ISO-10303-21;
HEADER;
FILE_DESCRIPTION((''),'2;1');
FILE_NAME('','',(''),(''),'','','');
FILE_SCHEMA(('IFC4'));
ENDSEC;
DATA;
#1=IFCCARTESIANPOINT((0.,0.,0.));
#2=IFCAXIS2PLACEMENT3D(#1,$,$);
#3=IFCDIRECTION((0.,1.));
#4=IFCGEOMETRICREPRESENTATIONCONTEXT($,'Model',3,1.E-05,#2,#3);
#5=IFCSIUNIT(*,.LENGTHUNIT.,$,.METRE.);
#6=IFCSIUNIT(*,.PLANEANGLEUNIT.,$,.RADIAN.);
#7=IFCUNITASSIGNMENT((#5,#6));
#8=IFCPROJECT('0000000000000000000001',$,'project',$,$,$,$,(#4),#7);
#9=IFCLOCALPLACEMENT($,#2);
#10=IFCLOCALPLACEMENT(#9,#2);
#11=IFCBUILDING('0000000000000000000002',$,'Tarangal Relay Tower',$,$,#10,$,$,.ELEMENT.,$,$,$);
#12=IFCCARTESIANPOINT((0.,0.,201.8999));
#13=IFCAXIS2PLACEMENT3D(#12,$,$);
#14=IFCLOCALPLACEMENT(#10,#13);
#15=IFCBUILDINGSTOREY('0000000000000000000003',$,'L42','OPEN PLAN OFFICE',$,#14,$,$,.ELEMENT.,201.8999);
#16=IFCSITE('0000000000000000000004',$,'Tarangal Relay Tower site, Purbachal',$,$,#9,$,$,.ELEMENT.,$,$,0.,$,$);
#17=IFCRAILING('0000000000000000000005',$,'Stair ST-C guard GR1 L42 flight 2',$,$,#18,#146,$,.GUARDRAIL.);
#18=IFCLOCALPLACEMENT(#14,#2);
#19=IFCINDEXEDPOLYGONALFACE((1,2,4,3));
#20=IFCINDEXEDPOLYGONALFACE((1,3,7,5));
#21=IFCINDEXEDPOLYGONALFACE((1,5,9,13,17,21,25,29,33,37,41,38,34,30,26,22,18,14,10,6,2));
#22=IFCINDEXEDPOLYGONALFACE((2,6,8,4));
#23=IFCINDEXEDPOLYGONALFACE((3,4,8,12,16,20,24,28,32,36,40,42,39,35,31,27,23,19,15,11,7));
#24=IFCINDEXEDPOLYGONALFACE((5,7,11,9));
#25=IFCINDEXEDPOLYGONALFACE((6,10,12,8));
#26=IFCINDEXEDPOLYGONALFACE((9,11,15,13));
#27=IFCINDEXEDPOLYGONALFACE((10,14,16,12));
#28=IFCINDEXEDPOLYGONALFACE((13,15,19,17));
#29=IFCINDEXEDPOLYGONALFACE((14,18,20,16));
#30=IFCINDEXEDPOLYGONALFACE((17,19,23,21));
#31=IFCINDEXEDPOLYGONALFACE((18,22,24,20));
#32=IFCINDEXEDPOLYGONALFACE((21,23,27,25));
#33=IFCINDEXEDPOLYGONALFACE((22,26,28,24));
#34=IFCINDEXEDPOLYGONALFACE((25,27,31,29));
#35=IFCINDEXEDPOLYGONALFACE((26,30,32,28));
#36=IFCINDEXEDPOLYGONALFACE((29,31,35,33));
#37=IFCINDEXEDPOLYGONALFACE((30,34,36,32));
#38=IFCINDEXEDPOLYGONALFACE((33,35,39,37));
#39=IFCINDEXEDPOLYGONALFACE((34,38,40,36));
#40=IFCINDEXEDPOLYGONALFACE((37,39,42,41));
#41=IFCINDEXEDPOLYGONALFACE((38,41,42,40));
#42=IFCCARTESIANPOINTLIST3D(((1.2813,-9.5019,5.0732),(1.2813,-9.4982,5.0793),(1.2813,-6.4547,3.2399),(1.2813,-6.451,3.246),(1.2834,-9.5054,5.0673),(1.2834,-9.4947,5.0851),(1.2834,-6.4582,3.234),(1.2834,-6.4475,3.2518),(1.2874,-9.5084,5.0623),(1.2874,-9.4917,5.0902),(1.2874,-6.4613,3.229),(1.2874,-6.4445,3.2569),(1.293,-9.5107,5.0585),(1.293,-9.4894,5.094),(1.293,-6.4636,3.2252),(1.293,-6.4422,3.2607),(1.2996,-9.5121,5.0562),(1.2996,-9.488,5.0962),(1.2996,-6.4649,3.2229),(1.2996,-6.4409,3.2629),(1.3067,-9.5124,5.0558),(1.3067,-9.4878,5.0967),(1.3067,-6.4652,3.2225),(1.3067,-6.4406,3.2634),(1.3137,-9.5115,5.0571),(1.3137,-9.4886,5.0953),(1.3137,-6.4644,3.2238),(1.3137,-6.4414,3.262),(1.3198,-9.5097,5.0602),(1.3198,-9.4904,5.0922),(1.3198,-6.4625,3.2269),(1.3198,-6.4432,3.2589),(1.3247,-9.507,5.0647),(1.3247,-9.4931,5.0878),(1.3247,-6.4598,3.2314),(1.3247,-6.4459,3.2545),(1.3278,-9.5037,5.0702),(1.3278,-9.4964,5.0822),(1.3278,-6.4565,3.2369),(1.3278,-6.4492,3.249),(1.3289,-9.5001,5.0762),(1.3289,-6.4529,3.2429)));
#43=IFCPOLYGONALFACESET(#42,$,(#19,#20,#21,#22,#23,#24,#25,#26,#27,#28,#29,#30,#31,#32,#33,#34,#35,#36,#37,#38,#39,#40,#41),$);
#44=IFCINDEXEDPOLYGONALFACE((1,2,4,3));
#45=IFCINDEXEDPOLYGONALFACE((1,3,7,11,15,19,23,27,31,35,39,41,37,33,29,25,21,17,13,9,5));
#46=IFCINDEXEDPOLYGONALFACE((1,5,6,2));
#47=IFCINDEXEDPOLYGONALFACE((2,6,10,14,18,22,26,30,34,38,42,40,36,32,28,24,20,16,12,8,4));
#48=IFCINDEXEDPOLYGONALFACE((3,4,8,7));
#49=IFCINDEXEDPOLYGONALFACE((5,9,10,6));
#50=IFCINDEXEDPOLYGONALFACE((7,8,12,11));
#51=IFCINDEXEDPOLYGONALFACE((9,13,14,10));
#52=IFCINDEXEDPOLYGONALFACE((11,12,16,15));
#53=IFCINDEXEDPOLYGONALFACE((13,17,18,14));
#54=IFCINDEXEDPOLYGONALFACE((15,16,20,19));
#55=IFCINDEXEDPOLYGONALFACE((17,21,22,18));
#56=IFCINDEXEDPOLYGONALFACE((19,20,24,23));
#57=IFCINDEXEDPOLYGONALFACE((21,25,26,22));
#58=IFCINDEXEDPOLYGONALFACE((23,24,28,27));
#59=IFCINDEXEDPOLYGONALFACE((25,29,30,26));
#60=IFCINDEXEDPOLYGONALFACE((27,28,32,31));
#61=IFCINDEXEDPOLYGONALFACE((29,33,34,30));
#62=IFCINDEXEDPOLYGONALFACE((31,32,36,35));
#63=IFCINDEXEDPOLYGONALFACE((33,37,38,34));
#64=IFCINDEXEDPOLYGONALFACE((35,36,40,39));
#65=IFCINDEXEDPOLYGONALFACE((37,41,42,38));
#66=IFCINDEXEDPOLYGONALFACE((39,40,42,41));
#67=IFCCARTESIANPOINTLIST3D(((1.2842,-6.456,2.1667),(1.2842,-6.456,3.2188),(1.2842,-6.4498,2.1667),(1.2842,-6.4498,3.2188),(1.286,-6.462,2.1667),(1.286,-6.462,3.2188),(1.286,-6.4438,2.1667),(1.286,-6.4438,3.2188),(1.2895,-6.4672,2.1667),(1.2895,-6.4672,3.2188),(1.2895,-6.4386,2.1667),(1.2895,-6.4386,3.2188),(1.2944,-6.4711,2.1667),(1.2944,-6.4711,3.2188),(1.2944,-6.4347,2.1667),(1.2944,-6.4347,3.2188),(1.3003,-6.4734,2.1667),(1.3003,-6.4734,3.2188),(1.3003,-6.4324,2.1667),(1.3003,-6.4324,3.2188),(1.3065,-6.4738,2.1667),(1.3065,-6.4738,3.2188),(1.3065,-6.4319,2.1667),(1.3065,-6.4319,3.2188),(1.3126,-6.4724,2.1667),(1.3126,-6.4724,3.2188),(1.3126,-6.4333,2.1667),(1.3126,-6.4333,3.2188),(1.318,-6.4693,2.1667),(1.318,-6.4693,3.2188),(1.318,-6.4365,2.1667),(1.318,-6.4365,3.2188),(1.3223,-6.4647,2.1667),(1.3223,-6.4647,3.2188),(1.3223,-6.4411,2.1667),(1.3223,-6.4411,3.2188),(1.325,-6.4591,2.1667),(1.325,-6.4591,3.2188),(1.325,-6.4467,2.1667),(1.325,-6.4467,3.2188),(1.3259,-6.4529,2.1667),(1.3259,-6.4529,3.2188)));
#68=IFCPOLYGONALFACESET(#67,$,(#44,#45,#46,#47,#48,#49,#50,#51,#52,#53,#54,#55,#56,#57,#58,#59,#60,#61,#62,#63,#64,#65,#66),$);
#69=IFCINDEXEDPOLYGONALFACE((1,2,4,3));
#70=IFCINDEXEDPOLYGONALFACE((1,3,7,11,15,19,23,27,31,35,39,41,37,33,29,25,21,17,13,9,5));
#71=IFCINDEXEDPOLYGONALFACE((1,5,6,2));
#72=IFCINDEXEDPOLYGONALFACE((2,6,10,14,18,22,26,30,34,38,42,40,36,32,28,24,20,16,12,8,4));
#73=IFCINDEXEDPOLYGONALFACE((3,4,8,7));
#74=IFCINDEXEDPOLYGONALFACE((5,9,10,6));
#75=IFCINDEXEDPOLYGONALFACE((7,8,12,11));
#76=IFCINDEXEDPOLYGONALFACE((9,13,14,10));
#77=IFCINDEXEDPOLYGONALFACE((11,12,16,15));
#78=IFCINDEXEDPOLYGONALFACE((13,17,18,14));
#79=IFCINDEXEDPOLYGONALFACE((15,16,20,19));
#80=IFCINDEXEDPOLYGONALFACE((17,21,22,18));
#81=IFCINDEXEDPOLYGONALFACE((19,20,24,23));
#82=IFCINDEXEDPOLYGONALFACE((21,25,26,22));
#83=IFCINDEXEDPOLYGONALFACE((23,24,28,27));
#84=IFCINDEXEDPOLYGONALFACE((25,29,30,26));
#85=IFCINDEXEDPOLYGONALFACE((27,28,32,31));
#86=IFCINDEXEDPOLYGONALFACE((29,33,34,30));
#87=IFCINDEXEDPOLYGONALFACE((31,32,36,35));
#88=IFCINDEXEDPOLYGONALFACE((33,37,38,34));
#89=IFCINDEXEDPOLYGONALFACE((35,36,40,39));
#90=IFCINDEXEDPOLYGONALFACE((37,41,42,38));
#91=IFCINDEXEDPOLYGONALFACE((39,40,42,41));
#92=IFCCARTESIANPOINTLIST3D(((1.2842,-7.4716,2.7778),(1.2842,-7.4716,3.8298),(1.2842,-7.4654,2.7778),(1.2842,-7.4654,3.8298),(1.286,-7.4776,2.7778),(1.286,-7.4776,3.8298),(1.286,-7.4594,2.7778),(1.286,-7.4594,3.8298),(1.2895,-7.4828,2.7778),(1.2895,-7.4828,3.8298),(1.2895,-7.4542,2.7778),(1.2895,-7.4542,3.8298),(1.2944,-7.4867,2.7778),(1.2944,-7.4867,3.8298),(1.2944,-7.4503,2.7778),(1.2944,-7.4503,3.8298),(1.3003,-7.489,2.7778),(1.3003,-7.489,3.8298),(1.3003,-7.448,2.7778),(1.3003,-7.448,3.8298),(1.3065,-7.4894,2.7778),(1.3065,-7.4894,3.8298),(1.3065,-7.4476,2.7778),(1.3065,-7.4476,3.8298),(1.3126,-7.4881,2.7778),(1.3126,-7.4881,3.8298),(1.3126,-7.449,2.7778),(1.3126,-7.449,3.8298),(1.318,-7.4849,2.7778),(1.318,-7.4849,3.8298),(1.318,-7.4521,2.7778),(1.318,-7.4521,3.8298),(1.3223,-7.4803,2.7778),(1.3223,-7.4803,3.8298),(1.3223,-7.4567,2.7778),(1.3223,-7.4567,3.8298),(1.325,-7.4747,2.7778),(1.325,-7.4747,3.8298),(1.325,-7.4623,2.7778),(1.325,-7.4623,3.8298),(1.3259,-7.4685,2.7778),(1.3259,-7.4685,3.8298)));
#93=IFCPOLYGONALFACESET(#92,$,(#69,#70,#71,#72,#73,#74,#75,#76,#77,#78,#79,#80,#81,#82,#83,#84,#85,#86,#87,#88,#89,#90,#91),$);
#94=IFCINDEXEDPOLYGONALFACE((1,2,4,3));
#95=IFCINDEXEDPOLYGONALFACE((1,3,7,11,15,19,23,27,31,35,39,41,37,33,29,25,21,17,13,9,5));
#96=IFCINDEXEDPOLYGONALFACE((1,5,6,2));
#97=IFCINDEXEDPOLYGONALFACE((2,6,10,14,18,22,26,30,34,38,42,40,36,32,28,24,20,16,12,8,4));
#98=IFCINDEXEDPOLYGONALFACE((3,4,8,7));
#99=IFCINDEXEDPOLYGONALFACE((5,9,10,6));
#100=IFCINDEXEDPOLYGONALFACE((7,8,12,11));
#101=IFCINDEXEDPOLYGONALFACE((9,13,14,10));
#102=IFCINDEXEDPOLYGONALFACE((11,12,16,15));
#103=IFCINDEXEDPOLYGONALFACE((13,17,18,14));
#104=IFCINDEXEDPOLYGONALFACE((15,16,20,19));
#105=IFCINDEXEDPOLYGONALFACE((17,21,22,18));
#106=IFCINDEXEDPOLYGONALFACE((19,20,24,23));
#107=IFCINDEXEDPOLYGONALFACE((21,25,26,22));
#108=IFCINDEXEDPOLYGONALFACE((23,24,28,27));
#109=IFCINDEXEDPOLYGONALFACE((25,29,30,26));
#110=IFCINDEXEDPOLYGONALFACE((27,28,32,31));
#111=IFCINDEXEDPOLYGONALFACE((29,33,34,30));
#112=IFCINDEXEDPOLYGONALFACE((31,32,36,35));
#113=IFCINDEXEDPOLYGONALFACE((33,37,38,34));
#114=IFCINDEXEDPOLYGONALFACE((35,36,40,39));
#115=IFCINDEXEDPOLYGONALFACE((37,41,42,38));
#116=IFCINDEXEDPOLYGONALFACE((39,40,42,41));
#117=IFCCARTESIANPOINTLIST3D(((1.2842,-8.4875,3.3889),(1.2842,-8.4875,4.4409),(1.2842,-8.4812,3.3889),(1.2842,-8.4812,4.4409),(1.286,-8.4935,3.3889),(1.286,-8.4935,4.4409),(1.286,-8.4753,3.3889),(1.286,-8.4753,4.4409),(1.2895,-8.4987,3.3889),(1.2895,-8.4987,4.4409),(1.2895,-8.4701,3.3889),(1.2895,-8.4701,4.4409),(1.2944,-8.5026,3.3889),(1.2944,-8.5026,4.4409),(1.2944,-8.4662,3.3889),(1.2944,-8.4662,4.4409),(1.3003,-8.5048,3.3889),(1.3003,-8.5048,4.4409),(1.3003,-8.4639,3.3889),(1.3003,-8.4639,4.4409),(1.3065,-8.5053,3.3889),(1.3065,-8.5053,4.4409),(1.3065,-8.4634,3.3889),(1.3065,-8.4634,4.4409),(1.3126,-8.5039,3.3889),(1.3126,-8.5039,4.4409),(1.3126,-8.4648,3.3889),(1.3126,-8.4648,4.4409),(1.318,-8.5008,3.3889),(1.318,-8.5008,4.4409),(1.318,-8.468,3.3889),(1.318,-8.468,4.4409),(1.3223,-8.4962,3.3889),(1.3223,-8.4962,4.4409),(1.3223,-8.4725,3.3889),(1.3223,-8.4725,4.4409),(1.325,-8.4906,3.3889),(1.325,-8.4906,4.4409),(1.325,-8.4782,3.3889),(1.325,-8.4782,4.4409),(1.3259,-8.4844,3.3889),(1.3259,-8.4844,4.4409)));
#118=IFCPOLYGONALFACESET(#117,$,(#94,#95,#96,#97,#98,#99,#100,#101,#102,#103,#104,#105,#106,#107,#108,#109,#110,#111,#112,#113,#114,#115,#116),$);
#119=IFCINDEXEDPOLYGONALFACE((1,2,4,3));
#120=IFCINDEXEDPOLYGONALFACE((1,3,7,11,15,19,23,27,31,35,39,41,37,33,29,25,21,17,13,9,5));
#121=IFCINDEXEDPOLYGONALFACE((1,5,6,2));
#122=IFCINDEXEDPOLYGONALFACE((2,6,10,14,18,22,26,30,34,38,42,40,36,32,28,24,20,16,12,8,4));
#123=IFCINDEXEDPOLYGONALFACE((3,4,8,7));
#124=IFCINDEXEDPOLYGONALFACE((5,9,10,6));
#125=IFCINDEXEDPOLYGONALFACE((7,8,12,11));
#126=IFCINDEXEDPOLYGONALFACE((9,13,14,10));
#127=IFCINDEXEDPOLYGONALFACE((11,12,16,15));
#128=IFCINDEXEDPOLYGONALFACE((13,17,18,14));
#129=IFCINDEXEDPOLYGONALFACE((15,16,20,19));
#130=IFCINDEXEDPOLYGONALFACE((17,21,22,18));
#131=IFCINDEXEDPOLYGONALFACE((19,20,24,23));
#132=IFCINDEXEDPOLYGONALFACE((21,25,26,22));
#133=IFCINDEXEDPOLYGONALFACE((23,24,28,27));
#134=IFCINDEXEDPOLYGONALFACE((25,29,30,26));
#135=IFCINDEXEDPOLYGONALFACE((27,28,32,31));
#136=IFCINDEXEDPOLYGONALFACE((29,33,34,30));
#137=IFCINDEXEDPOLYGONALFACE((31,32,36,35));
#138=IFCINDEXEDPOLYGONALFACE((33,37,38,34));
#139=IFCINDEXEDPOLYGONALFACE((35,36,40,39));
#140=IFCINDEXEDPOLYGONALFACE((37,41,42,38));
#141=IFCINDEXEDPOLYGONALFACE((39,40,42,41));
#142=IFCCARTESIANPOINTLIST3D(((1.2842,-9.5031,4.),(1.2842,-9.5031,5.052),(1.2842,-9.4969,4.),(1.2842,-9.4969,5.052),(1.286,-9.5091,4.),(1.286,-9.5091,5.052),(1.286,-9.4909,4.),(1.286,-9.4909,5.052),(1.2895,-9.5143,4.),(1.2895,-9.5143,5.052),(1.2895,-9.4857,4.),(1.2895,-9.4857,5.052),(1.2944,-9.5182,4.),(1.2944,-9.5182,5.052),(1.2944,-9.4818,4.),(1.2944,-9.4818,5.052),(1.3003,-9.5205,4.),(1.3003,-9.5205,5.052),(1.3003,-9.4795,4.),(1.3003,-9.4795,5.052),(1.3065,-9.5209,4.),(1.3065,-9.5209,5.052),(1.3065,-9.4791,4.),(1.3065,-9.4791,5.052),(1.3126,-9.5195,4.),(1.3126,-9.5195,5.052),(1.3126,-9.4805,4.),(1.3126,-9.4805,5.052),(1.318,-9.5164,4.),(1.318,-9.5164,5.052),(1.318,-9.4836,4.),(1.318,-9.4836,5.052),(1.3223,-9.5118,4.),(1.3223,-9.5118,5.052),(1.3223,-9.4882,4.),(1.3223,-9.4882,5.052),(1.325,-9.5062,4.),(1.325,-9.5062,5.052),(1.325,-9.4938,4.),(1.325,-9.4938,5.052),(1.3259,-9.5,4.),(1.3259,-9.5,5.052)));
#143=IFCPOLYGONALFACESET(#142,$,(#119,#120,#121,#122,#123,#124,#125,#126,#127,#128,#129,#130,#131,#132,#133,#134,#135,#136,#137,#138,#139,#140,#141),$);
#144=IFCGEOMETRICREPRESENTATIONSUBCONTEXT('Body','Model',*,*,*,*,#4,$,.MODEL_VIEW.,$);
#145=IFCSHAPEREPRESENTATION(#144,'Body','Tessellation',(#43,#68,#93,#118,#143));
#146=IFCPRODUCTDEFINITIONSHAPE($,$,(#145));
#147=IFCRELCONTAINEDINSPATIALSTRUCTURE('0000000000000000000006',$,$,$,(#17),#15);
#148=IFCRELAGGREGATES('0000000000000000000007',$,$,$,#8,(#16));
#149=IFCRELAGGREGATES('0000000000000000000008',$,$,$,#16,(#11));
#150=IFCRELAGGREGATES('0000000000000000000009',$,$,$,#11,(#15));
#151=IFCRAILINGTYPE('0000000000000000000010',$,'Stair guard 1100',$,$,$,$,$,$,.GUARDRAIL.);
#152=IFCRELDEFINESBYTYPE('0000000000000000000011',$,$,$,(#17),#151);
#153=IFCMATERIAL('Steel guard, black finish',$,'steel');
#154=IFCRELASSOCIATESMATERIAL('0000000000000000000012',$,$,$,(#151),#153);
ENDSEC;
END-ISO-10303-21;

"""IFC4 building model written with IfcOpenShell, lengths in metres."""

from ifc_helpers import new_model, si_unit, direction, frame, origin, origin_2d, place, context, subcontext, project, spatial, circle, extrude, material, type_object, element, save


model = new_model("IFC4")

# Units and contexts
model_context = context("Model", 3, precision=1e-05, world=origin(), true_north=direction((0.0, 1.0)))
body_context = subcontext(model_context, "Body", "Model", "MODEL_VIEW")
ifc_project = project(units=[si_unit("LENGTHUNIT", "METRE"), si_unit("PLANEANGLEUNIT", "RADIAN")], contexts=[model_context])

# Site, building, storey
site_placement = place(None, origin())
site = spatial("IfcSite", under=ifc_project, at=site_placement, Name="Tarangal Relay Tower site, Purbachal", CompositionType="ELEMENT", RefElevation=0.0)
building_placement = place(site_placement, origin())
building = spatial("IfcBuilding", under=site, at=building_placement, Name="Tarangal Relay Tower", CompositionType="ELEMENT")
storey_placement = place(building_placement, frame((0.0, 0.0, 201.8999)))
storey = spatial("IfcBuildingStorey", under=building, at=storey_placement, Name="L42", Description="OPEN PLAN OFFICE", CompositionType="ELEMENT", Elevation=201.8999)

# Railing
ifc_material_1 = material(Name="Steel guard, black finish", Category="steel")
railing_type_1 = type_object("IfcRailingType", Name="Stair guard 1100", PredefinedType="GUARDRAIL", material=ifc_material_1)
railing_1_placement = place(storey_placement, frame((1.3049, -6.4529, 2.1667)))
element("IfcRailing", 1, at=railing_1_placement, inside=storey, type_object=railing_type_1, Name="Stair ST-C guard GR1 L42 flight 2", PredefinedType="GUARDRAIL", context=body_context, shape_type="SweptSolid", body=[
    extrude(circle(Radius=0.0239, at=origin_2d()), frame((0.0, 0.0, 1.0762), z_axis=(0.0, -0.856874, 0.515525), x_axis=(1.0, 0.0, 0.0)), (0.0, 0.0, 1.0), 3.5562),
    extrude(circle(Radius=0.021, at=origin_2d()), origin(), (0.0, 0.0, 1.0), 1.052),
    extrude(circle(Radius=0.021, at=origin_2d()), frame((0.0, -1.0156, 0.6111)), (0.0, 0.0, 1.0), 1.052),
    extrude(circle(Radius=0.021, at=origin_2d()), frame((0.0, -2.0315, 1.2222)), (0.0, 0.0, 1.0), 1.052),
    extrude(circle(Radius=0.021, at=origin_2d()), frame((0.0, -3.0471, 1.8333)), (0.0, 0.0, 1.0), 1.052),
])

save(model, "model.ifc")
